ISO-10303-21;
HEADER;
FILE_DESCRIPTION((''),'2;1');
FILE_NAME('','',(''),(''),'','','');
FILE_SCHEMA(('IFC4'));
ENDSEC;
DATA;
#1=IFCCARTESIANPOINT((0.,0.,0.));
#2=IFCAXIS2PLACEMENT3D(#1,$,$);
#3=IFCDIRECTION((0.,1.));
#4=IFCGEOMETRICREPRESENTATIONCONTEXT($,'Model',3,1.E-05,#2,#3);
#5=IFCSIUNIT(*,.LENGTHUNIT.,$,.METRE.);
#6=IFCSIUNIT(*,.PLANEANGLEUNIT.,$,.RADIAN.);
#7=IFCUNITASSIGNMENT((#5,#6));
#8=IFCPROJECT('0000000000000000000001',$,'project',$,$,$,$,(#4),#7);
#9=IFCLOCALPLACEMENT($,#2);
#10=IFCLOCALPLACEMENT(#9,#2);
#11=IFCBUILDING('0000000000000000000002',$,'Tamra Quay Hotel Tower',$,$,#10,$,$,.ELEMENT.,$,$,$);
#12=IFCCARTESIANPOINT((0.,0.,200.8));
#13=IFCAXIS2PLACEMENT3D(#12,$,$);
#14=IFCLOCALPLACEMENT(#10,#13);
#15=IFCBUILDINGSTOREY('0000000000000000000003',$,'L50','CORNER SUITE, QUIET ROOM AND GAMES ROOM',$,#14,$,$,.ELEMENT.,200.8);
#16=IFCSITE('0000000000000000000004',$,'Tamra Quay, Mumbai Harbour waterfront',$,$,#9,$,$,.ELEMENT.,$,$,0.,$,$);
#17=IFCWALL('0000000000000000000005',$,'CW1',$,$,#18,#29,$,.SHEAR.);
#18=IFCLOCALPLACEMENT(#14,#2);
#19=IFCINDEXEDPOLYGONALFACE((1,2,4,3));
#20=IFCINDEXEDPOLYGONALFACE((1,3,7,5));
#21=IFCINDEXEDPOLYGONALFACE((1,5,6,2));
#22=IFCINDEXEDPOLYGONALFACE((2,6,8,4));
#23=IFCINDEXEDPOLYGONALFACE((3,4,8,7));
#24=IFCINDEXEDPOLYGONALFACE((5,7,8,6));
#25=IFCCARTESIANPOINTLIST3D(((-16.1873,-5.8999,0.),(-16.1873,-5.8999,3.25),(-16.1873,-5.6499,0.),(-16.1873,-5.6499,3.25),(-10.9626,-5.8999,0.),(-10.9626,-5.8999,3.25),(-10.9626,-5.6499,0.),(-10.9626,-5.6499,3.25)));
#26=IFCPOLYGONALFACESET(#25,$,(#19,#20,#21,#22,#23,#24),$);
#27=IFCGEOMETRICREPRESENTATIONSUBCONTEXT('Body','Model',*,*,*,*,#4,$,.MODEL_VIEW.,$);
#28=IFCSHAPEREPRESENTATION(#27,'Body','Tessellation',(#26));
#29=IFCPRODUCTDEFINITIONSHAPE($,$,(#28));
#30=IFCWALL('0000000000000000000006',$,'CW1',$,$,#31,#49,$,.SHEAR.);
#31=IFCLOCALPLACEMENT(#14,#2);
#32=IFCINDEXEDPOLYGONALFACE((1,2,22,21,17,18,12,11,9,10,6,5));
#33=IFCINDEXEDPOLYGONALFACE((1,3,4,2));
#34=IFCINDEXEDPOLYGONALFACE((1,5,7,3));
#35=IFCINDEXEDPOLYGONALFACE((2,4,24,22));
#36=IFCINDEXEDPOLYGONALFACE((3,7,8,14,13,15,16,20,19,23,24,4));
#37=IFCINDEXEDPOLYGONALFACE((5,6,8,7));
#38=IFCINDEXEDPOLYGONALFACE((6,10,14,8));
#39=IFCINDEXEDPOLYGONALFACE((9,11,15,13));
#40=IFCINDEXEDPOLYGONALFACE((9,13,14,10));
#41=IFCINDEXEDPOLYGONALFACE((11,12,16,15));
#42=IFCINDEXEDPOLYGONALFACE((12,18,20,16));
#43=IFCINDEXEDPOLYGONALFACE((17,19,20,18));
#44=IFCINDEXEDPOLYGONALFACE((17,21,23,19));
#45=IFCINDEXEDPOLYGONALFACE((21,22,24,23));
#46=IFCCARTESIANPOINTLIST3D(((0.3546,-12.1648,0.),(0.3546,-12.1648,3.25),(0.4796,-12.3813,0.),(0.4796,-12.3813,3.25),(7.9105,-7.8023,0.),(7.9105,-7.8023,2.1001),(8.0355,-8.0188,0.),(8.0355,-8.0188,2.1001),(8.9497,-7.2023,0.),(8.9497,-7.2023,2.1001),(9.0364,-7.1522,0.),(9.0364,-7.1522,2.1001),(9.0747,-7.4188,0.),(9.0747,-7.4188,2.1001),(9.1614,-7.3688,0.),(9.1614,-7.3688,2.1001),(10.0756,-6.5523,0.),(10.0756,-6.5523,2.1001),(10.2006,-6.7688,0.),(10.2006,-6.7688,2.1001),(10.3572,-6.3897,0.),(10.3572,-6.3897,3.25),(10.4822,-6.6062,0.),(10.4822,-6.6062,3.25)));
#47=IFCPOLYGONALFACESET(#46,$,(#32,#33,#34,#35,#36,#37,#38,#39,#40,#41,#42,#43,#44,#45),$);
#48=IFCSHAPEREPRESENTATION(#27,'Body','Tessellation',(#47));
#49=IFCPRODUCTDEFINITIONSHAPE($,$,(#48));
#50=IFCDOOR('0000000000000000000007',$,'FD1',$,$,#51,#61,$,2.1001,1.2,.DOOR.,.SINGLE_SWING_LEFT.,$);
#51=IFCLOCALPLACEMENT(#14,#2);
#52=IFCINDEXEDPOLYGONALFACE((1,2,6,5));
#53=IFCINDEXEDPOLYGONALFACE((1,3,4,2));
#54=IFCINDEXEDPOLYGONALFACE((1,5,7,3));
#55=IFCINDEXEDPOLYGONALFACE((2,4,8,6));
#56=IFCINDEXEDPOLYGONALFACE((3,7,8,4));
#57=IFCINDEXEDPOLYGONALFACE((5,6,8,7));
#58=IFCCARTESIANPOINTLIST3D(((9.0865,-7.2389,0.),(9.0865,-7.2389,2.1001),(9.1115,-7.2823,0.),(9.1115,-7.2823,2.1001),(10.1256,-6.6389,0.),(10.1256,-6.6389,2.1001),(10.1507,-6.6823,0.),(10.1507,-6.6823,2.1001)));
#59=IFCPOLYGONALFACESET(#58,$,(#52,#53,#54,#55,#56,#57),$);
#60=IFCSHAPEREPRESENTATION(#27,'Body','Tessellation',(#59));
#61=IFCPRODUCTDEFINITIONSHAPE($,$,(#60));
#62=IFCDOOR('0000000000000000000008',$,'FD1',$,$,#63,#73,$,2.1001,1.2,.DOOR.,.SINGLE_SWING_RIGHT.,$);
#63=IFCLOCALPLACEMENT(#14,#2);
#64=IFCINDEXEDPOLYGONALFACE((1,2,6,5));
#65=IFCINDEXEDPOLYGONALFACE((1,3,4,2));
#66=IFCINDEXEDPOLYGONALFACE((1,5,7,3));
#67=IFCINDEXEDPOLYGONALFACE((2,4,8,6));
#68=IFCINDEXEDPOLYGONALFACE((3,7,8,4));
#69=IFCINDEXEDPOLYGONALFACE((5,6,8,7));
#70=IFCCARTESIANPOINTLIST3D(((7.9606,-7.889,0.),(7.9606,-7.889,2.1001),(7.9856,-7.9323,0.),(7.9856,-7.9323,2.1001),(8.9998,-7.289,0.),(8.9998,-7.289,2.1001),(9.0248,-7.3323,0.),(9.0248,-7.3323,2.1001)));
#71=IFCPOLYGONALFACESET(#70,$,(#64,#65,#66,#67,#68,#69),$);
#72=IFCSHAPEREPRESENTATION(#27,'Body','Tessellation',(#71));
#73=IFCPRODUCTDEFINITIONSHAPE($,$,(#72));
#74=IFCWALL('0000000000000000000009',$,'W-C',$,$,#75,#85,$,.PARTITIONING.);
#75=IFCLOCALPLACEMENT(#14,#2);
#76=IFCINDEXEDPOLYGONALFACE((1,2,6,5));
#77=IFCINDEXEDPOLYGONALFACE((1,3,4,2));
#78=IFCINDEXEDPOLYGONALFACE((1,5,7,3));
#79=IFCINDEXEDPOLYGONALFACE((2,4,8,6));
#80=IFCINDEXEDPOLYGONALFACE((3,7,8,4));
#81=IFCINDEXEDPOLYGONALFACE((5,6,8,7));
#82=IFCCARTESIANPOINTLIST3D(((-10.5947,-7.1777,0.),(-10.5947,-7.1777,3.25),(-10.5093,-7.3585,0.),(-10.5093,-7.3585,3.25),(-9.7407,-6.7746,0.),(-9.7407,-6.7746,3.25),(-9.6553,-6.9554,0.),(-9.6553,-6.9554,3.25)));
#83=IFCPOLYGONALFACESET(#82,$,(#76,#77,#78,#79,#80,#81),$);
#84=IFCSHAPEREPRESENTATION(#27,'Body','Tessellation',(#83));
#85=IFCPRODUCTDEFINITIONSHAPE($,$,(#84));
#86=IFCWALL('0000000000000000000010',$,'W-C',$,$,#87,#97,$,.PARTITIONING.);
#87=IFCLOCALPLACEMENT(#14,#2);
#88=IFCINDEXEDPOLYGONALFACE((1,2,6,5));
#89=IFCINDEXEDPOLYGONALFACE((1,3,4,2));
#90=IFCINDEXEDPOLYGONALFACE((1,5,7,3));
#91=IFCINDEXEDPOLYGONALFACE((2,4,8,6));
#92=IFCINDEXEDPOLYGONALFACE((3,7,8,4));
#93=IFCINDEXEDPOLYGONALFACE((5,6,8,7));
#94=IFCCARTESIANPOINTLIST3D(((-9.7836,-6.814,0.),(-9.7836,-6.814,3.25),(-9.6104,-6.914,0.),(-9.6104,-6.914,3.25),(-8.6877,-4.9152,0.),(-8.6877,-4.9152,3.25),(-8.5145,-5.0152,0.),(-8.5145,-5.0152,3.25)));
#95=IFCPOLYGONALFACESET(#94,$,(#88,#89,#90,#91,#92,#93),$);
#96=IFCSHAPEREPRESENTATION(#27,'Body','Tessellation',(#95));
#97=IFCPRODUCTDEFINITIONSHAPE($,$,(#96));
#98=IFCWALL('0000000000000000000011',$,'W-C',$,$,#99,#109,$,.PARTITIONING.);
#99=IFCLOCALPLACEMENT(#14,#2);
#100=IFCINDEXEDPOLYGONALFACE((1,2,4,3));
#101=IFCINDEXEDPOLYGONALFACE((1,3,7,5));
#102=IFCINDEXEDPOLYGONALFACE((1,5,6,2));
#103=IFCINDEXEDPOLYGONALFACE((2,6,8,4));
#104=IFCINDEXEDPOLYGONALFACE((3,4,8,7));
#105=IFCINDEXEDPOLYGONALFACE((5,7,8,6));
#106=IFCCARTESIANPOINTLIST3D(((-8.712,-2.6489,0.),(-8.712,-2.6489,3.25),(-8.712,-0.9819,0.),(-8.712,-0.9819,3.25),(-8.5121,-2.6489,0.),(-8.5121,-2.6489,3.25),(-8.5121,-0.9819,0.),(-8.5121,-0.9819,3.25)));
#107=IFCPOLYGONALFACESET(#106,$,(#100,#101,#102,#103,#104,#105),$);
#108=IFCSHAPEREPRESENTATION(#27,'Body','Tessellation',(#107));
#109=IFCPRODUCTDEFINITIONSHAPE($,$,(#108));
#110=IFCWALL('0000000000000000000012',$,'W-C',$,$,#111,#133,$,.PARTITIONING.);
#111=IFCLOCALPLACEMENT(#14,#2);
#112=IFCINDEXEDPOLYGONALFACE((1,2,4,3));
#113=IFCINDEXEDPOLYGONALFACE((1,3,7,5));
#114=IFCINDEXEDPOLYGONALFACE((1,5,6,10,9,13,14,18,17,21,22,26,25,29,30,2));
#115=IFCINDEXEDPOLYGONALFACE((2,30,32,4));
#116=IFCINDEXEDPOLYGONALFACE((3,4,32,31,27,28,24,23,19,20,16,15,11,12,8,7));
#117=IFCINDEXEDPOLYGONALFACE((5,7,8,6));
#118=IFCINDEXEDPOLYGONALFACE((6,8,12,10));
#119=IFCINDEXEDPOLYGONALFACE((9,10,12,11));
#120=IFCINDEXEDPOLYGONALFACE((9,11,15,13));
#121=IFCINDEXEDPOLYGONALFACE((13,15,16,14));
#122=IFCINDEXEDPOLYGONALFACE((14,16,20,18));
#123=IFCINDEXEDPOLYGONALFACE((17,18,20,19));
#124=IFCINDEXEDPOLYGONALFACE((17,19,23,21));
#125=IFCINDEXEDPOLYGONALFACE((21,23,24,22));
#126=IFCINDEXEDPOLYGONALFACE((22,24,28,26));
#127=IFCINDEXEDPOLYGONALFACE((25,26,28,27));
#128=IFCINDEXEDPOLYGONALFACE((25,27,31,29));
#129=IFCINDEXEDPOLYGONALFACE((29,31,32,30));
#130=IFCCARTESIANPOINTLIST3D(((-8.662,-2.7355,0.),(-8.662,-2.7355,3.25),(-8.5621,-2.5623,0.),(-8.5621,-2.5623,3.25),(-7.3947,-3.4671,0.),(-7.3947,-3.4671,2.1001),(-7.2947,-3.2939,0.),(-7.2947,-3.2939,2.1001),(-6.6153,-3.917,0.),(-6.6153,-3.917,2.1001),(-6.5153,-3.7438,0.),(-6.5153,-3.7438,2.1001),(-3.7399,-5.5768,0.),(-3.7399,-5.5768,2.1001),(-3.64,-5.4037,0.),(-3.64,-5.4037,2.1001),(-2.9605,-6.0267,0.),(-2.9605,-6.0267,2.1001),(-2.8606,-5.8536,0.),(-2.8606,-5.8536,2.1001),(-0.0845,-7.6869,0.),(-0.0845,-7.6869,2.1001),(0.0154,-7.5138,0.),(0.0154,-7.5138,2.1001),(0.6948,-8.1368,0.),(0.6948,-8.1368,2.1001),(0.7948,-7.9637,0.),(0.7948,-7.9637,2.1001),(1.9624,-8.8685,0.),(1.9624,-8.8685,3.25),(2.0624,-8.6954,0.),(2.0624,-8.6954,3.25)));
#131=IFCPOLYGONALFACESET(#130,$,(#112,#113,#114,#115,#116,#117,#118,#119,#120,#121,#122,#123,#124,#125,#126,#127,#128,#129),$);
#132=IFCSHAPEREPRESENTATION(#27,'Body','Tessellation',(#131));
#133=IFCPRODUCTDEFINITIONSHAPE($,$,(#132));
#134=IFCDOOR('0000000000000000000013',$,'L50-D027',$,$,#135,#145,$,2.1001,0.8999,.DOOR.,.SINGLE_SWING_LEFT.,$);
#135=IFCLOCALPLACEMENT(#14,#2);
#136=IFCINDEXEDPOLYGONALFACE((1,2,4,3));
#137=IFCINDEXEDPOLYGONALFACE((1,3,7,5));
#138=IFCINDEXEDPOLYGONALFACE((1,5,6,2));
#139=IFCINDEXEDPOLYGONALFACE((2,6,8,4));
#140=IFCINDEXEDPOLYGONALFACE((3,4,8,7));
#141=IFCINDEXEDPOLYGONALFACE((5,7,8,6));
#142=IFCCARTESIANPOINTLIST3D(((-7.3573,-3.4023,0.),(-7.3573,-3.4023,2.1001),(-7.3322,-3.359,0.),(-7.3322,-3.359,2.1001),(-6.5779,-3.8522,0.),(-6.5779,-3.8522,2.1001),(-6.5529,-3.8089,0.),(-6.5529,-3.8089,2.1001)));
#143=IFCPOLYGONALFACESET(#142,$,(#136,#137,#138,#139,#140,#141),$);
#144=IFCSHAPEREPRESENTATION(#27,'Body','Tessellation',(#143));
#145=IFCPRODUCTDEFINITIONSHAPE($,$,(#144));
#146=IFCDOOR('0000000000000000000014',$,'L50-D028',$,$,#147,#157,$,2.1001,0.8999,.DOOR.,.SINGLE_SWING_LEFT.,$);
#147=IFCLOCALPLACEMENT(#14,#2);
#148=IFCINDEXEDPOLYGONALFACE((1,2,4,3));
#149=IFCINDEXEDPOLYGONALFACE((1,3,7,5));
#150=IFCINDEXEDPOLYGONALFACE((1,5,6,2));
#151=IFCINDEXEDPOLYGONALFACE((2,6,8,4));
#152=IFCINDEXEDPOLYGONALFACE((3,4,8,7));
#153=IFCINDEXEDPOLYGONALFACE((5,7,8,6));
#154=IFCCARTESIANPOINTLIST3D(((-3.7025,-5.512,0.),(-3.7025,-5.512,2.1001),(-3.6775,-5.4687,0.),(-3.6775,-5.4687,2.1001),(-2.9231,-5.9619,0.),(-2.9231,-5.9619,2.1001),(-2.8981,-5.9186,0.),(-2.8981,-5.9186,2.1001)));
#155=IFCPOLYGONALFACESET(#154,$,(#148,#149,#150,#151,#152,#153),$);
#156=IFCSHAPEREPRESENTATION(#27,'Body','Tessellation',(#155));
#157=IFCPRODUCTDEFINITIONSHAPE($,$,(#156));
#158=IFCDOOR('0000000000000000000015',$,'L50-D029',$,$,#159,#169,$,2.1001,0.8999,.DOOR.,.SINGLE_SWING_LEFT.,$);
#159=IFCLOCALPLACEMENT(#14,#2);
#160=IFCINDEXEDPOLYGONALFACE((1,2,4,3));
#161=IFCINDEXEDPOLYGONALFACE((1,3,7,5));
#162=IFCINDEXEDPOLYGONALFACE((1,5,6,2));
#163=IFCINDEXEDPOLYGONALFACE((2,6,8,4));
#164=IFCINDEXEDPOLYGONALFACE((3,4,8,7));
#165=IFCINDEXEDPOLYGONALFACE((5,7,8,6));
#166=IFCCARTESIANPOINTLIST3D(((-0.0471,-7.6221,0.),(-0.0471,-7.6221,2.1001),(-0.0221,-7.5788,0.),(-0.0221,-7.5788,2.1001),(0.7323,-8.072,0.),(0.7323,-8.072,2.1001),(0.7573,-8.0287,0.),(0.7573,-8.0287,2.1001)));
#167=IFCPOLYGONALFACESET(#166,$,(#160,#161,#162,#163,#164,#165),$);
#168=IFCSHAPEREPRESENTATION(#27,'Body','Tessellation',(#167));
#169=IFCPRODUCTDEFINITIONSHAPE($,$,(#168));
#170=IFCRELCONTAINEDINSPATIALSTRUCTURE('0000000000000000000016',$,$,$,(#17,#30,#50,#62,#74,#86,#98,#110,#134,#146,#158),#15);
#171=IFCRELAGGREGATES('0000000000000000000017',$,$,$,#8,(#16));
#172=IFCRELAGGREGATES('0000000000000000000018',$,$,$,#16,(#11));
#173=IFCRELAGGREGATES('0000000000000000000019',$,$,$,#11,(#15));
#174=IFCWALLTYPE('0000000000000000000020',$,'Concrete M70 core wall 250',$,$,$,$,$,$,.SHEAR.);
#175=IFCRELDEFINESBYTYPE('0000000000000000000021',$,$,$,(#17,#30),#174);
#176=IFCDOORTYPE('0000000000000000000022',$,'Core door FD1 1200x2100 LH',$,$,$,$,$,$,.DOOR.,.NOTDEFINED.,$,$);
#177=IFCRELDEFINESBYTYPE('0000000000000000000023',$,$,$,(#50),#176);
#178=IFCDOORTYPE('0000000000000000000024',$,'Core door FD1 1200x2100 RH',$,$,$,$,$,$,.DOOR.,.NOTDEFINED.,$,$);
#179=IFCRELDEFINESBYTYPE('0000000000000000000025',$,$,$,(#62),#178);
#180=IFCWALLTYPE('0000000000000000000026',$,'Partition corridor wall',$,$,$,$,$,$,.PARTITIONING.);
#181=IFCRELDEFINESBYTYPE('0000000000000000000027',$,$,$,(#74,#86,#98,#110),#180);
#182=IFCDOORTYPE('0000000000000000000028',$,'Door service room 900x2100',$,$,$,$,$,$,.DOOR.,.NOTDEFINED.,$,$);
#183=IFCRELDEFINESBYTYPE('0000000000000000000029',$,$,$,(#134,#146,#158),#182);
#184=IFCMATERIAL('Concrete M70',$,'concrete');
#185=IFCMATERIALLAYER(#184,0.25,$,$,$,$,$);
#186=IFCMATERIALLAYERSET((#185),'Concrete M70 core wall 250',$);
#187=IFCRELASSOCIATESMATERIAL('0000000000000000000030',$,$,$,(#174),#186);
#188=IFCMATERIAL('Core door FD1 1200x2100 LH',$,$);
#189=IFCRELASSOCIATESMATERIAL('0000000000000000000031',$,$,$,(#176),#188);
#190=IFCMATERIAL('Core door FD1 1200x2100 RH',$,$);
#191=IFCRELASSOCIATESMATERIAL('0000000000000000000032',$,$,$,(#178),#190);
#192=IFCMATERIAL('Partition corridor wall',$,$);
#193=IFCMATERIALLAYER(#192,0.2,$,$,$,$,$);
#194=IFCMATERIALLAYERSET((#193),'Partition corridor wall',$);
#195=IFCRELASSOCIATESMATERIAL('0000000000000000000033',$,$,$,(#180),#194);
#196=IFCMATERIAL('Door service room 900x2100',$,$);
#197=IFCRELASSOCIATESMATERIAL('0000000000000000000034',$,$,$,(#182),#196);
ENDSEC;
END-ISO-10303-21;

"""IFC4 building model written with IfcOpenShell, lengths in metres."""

from ifc_helpers import new_model, si_unit, direction, frame, frame_2d, origin, place, context, subcontext, project, spatial, rectangle, extrude, material, layer, layer_set, type_object, element, fill, save


model = new_model("IFC4")

# Units and contexts
model_context = context("Model", 3, precision=1e-05, world=origin(), true_north=direction((0.0, 1.0)))
body_context = subcontext(model_context, "Body", "Model", "MODEL_VIEW")
ifc_project = project(units=[si_unit("LENGTHUNIT", "METRE"), si_unit("PLANEANGLEUNIT", "RADIAN")], contexts=[model_context])

# Site, building, storey
site_placement = place(None, origin())
site = spatial("IfcSite", under=ifc_project, at=site_placement, Name="Tamra Quay, Mumbai Harbour waterfront", CompositionType="ELEMENT", RefElevation=0.0)
building_placement = place(site_placement, origin())
building = spatial("IfcBuilding", under=site, at=building_placement, Name="Tamra Quay Hotel Tower", CompositionType="ELEMENT")
storey_placement = place(building_placement, frame((0.0, 0.0, 200.8)))
storey = spatial("IfcBuildingStorey", under=building, at=storey_placement, Name="L50", Description="CORNER SUITE, QUIET ROOM AND GAMES ROOM", CompositionType="ELEMENT", Elevation=200.8)

# Wall
ifc_material_1 = material(Name="Concrete M70", Category="concrete")
ifc_layer_1 = layer(ifc_material_1, 0.25)
ifc_layer_set_1 = layer_set([ifc_layer_1], Name="Concrete M70 core wall 250")
wall_type_1 = type_object("IfcWallType", Name="Concrete M70 core wall 250", PredefinedType="SHEAR", material=ifc_layer_set_1)
wall_1_placement = place(storey_placement, frame((-10.9626, -5.7749, 0.0), z_axis=(0.0, 0.0, 1.0), x_axis=(-1.0, 0.0, 0.0)))
element("IfcWall", 1, at=wall_1_placement, inside=storey, type_object=wall_type_1, Name="CW1", PredefinedType="SHEAR", context=body_context, shape_type="SweptSolid", body=[
    extrude(rectangle(XDim=5.2246, YDim=0.25, at=frame_2d((2.6123, 0.0))), origin(), (0.0, 0.0, 1.0), 3.25),
])

# Wall, openings, doors
wall_2_placement = place(storey_placement, frame((0.4172, -12.2729, 0.0), z_axis=(0.0, 0.0, 1.0), x_axis=(0.866022, 0.500006, 0.0)))
wall_2 = element("IfcWall", 2, at=wall_2_placement, inside=storey, type_object=wall_type_1, Name="CW1", PredefinedType="SHEAR", context=body_context, shape_type="SweptSolid", body=[
    extrude(rectangle(XDim=11.55, YDim=0.25, at=frame_2d((5.7749, 0.0))), origin(), (0.0, 0.0, 1.0), 3.25),
])
opening_1_placement = place(wall_2_placement, frame((10.0247, 0.0, 0.0)))
opening_1 = element("IfcOpeningElement", 3, at=opening_1_placement, cuts=wall_2, PredefinedType="OPENING", context=body_context, shape_type="SweptSolid", body=[
    extrude(rectangle(XDim=1.2, YDim=2.1001, at=frame_2d((0.6001, 1.05))), frame((0.0, 0.135, 0.0), z_axis=(0.0, -1.0, 0.0), x_axis=(1.0, 0.0, 0.0)), (0.0, 0.0, 1.0), 0.27),
])
opening_2_placement = place(wall_2_placement, frame((8.7246, 0.0, 0.0)))
opening_2 = element("IfcOpeningElement", 4, at=opening_2_placement, cuts=wall_2, PredefinedType="OPENING", context=body_context, shape_type="SweptSolid", body=[
    extrude(rectangle(XDim=1.2, YDim=2.1001, at=frame_2d((0.6001, 1.05))), frame((0.0, 0.135, 0.0), z_axis=(0.0, -1.0, 0.0), x_axis=(1.0, 0.0, 0.0)), (0.0, 0.0, 1.0), 0.27),
])
ifc_material_2 = material(Name="Core door FD1 1200x2100 LH")
door_type_1 = type_object("IfcDoorType", Name="Core door FD1 1200x2100 LH", OperationType="NOTDEFINED", PredefinedType="DOOR", material=ifc_material_2)
door_1_placement = place(opening_1_placement, origin())
door_1 = element("IfcDoor", 5, at=door_1_placement, inside=storey, type_object=door_type_1, Name="FD1", OperationType="SINGLE_SWING_LEFT", OverallHeight=2.1001, OverallWidth=1.2, PredefinedType="DOOR", context=body_context, shape_type="SweptSolid", body=[
    extrude(rectangle(XDim=1.2, YDim=2.1001, at=frame_2d((0.6001, 1.05))), frame((0.0, 0.0249, 0.0), z_axis=(0.0, -1.0, 0.0), x_axis=(1.0, 0.0, 0.0)), (0.0, 0.0, 1.0), 0.05),
])
fill(opening_1, door_1)
ifc_material_3 = material(Name="Core door FD1 1200x2100 RH")
door_type_2 = type_object("IfcDoorType", Name="Core door FD1 1200x2100 RH", OperationType="NOTDEFINED", PredefinedType="DOOR", material=ifc_material_3)
door_2_placement = place(opening_2_placement, origin())
door_2 = element("IfcDoor", 6, at=door_2_placement, inside=storey, type_object=door_type_2, Name="FD1", OperationType="SINGLE_SWING_RIGHT", OverallHeight=2.1001, OverallWidth=1.2, PredefinedType="DOOR", context=body_context, shape_type="SweptSolid", body=[
    extrude(rectangle(XDim=1.2, YDim=2.1001, at=frame_2d((0.6001, 1.05))), frame((0.0, 0.0249, 0.0), z_axis=(0.0, -1.0, 0.0), x_axis=(1.0, 0.0, 0.0)), (0.0, 0.0, 1.0), 0.05),
])
fill(opening_2, door_2)

# Walls
ifc_material_4 = material(Name="Partition corridor wall")
ifc_layer_2 = layer(ifc_material_4, 0.2)
ifc_layer_set_2 = layer_set([ifc_layer_2], Name="Partition corridor wall")
wall_type_2 = type_object("IfcWallType", Name="Partition corridor wall", PredefinedType="PARTITIONING", material=ifc_layer_set_2)
wall_3_placement = place(storey_placement, frame((-10.552, -7.2681, 0.0), z_axis=(0.0, 0.0, 1.0), x_axis=(0.904332, 0.42683, 0.0)))
element("IfcWall", 7, at=wall_3_placement, inside=storey, type_object=wall_type_2, Name="W-C", PredefinedType="PARTITIONING", context=body_context, shape_type="SweptSolid", body=[
    extrude(rectangle(XDim=0.9443, YDim=0.2, at=frame_2d((0.4722, 0.0))), origin(), (0.0, 0.0, 1.0), 3.25),
])
wall_4_placement = place(storey_placement, frame((-9.697, -6.864, 0.0), z_axis=(0.0, 0.0, 1.0), x_axis=(0.499864, 0.866104, 0.0)))
element("IfcWall", 8, at=wall_4_placement, inside=storey, type_object=wall_type_2, Name="W-C", PredefinedType="PARTITIONING", context=body_context, shape_type="SweptSolid", body=[
    extrude(rectangle(XDim=2.1924, YDim=0.2, at=frame_2d((1.0962, 0.0))), origin(), (0.0, 0.0, 1.0), 3.25),
])
wall_5_placement = place(storey_placement, frame((-8.6121, -2.6489, 0.0), z_axis=(0.0, 0.0, 1.0), x_axis=(0.0, 1.0, 0.0)))
element("IfcWall", 9, at=wall_5_placement, inside=storey, type_object=wall_type_2, Name="W-C", PredefinedType="PARTITIONING", context=body_context, shape_type="SweptSolid", body=[
    extrude(rectangle(XDim=1.667, YDim=0.2, at=frame_2d((0.8335, 0.0))), origin(), (0.0, 0.0, 1.0), 3.25),
])

# Wall, openings, doors
wall_6_placement = place(storey_placement, frame((-8.6121, -2.6489, 0.0), z_axis=(0.0, 0.0, 1.0), x_axis=(0.866061, -0.499938, 0.0)))
wall_6 = element("IfcWall", 10, at=wall_6_placement, inside=storey, type_object=wall_type_2, Name="W-C", PredefinedType="PARTITIONING", context=body_context, shape_type="SweptSolid", body=[
    extrude(rectangle(XDim=12.2676, YDim=0.2, at=frame_2d((6.1338, 0.0))), origin(), (0.0, 0.0, 1.0), 3.25),
])
opening_3_placement = place(wall_6_placement, frame((1.4634, 0.0, 0.0)))
opening_3 = element("IfcOpeningElement", 11, at=opening_3_placement, cuts=wall_6, PredefinedType="OPENING", context=body_context, shape_type="SweptSolid", body=[
    extrude(rectangle(XDim=0.8999, YDim=2.1001, at=frame_2d((0.45, 1.05))), frame((0.0, 0.1099, 0.0), z_axis=(0.0, -1.0, 0.0), x_axis=(1.0, 0.0, 0.0)), (0.0, 0.0, 1.0), 0.22),
])
opening_4_placement = place(wall_6_placement, frame((5.6833, 0.0, 0.0)))
opening_4 = element("IfcOpeningElement", 12, at=opening_4_placement, cuts=wall_6, PredefinedType="OPENING", context=body_context, shape_type="SweptSolid", body=[
    extrude(rectangle(XDim=0.8999, YDim=2.1001, at=frame_2d((0.45, 1.05))), frame((0.0, 0.1099, 0.0), z_axis=(0.0, -1.0, 0.0), x_axis=(1.0, 0.0, 0.0)), (0.0, 0.0, 1.0), 0.22),
])
opening_5_placement = place(wall_6_placement, frame((9.9041, 0.0, 0.0)))
opening_5 = element("IfcOpeningElement", 13, at=opening_5_placement, cuts=wall_6, PredefinedType="OPENING", context=body_context, shape_type="SweptSolid", body=[
    extrude(rectangle(XDim=0.8999, YDim=2.1001, at=frame_2d((0.45, 1.05))), frame((0.0, 0.1099, 0.0), z_axis=(0.0, -1.0, 0.0), x_axis=(1.0, 0.0, 0.0)), (0.0, 0.0, 1.0), 0.22),
])
ifc_material_5 = material(Name="Door service room 900x2100")
door_type_3 = type_object("IfcDoorType", Name="Door service room 900x2100", OperationType="NOTDEFINED", PredefinedType="DOOR", material=ifc_material_5)
door_3_placement = place(opening_3_placement, origin())
door_3 = element("IfcDoor", 14, at=door_3_placement, inside=storey, type_object=door_type_3, Name="L50-D027", OperationType="SINGLE_SWING_LEFT", OverallHeight=2.1001, OverallWidth=0.8999, PredefinedType="DOOR", context=body_context, shape_type="SweptSolid", body=[
    extrude(rectangle(XDim=0.8999, YDim=2.1001, at=frame_2d((0.45, 1.05))), frame((0.0, 0.0249, 0.0), z_axis=(0.0, -1.0, 0.0), x_axis=(1.0, 0.0, 0.0)), (0.0, 0.0, 1.0), 0.05),
])
fill(opening_3, door_3)
door_4_placement = place(opening_4_placement, origin())
door_4 = element("IfcDoor", 15, at=door_4_placement, inside=storey, type_object=door_type_3, Name="L50-D028", OperationType="SINGLE_SWING_LEFT", OverallHeight=2.1001, OverallWidth=0.8999, PredefinedType="DOOR", context=body_context, shape_type="SweptSolid", body=[
    extrude(rectangle(XDim=0.8999, YDim=2.1001, at=frame_2d((0.45, 1.05))), frame((0.0, 0.0249, 0.0), z_axis=(0.0, -1.0, 0.0), x_axis=(1.0, 0.0, 0.0)), (0.0, 0.0, 1.0), 0.05),
])
fill(opening_4, door_4)
door_5_placement = place(opening_5_placement, origin())
door_5 = element("IfcDoor", 16, at=door_5_placement, inside=storey, type_object=door_type_3, Name="L50-D029", OperationType="SINGLE_SWING_LEFT", OverallHeight=2.1001, OverallWidth=0.8999, PredefinedType="DOOR", context=body_context, shape_type="SweptSolid", body=[
    extrude(rectangle(XDim=0.8999, YDim=2.1001, at=frame_2d((0.45, 1.05))), frame((0.0, 0.0249, 0.0), z_axis=(0.0, -1.0, 0.0), x_axis=(1.0, 0.0, 0.0)), (0.0, 0.0, 1.0), 0.05),
])
fill(opening_5, door_5)

save(model, "model.ifc")
